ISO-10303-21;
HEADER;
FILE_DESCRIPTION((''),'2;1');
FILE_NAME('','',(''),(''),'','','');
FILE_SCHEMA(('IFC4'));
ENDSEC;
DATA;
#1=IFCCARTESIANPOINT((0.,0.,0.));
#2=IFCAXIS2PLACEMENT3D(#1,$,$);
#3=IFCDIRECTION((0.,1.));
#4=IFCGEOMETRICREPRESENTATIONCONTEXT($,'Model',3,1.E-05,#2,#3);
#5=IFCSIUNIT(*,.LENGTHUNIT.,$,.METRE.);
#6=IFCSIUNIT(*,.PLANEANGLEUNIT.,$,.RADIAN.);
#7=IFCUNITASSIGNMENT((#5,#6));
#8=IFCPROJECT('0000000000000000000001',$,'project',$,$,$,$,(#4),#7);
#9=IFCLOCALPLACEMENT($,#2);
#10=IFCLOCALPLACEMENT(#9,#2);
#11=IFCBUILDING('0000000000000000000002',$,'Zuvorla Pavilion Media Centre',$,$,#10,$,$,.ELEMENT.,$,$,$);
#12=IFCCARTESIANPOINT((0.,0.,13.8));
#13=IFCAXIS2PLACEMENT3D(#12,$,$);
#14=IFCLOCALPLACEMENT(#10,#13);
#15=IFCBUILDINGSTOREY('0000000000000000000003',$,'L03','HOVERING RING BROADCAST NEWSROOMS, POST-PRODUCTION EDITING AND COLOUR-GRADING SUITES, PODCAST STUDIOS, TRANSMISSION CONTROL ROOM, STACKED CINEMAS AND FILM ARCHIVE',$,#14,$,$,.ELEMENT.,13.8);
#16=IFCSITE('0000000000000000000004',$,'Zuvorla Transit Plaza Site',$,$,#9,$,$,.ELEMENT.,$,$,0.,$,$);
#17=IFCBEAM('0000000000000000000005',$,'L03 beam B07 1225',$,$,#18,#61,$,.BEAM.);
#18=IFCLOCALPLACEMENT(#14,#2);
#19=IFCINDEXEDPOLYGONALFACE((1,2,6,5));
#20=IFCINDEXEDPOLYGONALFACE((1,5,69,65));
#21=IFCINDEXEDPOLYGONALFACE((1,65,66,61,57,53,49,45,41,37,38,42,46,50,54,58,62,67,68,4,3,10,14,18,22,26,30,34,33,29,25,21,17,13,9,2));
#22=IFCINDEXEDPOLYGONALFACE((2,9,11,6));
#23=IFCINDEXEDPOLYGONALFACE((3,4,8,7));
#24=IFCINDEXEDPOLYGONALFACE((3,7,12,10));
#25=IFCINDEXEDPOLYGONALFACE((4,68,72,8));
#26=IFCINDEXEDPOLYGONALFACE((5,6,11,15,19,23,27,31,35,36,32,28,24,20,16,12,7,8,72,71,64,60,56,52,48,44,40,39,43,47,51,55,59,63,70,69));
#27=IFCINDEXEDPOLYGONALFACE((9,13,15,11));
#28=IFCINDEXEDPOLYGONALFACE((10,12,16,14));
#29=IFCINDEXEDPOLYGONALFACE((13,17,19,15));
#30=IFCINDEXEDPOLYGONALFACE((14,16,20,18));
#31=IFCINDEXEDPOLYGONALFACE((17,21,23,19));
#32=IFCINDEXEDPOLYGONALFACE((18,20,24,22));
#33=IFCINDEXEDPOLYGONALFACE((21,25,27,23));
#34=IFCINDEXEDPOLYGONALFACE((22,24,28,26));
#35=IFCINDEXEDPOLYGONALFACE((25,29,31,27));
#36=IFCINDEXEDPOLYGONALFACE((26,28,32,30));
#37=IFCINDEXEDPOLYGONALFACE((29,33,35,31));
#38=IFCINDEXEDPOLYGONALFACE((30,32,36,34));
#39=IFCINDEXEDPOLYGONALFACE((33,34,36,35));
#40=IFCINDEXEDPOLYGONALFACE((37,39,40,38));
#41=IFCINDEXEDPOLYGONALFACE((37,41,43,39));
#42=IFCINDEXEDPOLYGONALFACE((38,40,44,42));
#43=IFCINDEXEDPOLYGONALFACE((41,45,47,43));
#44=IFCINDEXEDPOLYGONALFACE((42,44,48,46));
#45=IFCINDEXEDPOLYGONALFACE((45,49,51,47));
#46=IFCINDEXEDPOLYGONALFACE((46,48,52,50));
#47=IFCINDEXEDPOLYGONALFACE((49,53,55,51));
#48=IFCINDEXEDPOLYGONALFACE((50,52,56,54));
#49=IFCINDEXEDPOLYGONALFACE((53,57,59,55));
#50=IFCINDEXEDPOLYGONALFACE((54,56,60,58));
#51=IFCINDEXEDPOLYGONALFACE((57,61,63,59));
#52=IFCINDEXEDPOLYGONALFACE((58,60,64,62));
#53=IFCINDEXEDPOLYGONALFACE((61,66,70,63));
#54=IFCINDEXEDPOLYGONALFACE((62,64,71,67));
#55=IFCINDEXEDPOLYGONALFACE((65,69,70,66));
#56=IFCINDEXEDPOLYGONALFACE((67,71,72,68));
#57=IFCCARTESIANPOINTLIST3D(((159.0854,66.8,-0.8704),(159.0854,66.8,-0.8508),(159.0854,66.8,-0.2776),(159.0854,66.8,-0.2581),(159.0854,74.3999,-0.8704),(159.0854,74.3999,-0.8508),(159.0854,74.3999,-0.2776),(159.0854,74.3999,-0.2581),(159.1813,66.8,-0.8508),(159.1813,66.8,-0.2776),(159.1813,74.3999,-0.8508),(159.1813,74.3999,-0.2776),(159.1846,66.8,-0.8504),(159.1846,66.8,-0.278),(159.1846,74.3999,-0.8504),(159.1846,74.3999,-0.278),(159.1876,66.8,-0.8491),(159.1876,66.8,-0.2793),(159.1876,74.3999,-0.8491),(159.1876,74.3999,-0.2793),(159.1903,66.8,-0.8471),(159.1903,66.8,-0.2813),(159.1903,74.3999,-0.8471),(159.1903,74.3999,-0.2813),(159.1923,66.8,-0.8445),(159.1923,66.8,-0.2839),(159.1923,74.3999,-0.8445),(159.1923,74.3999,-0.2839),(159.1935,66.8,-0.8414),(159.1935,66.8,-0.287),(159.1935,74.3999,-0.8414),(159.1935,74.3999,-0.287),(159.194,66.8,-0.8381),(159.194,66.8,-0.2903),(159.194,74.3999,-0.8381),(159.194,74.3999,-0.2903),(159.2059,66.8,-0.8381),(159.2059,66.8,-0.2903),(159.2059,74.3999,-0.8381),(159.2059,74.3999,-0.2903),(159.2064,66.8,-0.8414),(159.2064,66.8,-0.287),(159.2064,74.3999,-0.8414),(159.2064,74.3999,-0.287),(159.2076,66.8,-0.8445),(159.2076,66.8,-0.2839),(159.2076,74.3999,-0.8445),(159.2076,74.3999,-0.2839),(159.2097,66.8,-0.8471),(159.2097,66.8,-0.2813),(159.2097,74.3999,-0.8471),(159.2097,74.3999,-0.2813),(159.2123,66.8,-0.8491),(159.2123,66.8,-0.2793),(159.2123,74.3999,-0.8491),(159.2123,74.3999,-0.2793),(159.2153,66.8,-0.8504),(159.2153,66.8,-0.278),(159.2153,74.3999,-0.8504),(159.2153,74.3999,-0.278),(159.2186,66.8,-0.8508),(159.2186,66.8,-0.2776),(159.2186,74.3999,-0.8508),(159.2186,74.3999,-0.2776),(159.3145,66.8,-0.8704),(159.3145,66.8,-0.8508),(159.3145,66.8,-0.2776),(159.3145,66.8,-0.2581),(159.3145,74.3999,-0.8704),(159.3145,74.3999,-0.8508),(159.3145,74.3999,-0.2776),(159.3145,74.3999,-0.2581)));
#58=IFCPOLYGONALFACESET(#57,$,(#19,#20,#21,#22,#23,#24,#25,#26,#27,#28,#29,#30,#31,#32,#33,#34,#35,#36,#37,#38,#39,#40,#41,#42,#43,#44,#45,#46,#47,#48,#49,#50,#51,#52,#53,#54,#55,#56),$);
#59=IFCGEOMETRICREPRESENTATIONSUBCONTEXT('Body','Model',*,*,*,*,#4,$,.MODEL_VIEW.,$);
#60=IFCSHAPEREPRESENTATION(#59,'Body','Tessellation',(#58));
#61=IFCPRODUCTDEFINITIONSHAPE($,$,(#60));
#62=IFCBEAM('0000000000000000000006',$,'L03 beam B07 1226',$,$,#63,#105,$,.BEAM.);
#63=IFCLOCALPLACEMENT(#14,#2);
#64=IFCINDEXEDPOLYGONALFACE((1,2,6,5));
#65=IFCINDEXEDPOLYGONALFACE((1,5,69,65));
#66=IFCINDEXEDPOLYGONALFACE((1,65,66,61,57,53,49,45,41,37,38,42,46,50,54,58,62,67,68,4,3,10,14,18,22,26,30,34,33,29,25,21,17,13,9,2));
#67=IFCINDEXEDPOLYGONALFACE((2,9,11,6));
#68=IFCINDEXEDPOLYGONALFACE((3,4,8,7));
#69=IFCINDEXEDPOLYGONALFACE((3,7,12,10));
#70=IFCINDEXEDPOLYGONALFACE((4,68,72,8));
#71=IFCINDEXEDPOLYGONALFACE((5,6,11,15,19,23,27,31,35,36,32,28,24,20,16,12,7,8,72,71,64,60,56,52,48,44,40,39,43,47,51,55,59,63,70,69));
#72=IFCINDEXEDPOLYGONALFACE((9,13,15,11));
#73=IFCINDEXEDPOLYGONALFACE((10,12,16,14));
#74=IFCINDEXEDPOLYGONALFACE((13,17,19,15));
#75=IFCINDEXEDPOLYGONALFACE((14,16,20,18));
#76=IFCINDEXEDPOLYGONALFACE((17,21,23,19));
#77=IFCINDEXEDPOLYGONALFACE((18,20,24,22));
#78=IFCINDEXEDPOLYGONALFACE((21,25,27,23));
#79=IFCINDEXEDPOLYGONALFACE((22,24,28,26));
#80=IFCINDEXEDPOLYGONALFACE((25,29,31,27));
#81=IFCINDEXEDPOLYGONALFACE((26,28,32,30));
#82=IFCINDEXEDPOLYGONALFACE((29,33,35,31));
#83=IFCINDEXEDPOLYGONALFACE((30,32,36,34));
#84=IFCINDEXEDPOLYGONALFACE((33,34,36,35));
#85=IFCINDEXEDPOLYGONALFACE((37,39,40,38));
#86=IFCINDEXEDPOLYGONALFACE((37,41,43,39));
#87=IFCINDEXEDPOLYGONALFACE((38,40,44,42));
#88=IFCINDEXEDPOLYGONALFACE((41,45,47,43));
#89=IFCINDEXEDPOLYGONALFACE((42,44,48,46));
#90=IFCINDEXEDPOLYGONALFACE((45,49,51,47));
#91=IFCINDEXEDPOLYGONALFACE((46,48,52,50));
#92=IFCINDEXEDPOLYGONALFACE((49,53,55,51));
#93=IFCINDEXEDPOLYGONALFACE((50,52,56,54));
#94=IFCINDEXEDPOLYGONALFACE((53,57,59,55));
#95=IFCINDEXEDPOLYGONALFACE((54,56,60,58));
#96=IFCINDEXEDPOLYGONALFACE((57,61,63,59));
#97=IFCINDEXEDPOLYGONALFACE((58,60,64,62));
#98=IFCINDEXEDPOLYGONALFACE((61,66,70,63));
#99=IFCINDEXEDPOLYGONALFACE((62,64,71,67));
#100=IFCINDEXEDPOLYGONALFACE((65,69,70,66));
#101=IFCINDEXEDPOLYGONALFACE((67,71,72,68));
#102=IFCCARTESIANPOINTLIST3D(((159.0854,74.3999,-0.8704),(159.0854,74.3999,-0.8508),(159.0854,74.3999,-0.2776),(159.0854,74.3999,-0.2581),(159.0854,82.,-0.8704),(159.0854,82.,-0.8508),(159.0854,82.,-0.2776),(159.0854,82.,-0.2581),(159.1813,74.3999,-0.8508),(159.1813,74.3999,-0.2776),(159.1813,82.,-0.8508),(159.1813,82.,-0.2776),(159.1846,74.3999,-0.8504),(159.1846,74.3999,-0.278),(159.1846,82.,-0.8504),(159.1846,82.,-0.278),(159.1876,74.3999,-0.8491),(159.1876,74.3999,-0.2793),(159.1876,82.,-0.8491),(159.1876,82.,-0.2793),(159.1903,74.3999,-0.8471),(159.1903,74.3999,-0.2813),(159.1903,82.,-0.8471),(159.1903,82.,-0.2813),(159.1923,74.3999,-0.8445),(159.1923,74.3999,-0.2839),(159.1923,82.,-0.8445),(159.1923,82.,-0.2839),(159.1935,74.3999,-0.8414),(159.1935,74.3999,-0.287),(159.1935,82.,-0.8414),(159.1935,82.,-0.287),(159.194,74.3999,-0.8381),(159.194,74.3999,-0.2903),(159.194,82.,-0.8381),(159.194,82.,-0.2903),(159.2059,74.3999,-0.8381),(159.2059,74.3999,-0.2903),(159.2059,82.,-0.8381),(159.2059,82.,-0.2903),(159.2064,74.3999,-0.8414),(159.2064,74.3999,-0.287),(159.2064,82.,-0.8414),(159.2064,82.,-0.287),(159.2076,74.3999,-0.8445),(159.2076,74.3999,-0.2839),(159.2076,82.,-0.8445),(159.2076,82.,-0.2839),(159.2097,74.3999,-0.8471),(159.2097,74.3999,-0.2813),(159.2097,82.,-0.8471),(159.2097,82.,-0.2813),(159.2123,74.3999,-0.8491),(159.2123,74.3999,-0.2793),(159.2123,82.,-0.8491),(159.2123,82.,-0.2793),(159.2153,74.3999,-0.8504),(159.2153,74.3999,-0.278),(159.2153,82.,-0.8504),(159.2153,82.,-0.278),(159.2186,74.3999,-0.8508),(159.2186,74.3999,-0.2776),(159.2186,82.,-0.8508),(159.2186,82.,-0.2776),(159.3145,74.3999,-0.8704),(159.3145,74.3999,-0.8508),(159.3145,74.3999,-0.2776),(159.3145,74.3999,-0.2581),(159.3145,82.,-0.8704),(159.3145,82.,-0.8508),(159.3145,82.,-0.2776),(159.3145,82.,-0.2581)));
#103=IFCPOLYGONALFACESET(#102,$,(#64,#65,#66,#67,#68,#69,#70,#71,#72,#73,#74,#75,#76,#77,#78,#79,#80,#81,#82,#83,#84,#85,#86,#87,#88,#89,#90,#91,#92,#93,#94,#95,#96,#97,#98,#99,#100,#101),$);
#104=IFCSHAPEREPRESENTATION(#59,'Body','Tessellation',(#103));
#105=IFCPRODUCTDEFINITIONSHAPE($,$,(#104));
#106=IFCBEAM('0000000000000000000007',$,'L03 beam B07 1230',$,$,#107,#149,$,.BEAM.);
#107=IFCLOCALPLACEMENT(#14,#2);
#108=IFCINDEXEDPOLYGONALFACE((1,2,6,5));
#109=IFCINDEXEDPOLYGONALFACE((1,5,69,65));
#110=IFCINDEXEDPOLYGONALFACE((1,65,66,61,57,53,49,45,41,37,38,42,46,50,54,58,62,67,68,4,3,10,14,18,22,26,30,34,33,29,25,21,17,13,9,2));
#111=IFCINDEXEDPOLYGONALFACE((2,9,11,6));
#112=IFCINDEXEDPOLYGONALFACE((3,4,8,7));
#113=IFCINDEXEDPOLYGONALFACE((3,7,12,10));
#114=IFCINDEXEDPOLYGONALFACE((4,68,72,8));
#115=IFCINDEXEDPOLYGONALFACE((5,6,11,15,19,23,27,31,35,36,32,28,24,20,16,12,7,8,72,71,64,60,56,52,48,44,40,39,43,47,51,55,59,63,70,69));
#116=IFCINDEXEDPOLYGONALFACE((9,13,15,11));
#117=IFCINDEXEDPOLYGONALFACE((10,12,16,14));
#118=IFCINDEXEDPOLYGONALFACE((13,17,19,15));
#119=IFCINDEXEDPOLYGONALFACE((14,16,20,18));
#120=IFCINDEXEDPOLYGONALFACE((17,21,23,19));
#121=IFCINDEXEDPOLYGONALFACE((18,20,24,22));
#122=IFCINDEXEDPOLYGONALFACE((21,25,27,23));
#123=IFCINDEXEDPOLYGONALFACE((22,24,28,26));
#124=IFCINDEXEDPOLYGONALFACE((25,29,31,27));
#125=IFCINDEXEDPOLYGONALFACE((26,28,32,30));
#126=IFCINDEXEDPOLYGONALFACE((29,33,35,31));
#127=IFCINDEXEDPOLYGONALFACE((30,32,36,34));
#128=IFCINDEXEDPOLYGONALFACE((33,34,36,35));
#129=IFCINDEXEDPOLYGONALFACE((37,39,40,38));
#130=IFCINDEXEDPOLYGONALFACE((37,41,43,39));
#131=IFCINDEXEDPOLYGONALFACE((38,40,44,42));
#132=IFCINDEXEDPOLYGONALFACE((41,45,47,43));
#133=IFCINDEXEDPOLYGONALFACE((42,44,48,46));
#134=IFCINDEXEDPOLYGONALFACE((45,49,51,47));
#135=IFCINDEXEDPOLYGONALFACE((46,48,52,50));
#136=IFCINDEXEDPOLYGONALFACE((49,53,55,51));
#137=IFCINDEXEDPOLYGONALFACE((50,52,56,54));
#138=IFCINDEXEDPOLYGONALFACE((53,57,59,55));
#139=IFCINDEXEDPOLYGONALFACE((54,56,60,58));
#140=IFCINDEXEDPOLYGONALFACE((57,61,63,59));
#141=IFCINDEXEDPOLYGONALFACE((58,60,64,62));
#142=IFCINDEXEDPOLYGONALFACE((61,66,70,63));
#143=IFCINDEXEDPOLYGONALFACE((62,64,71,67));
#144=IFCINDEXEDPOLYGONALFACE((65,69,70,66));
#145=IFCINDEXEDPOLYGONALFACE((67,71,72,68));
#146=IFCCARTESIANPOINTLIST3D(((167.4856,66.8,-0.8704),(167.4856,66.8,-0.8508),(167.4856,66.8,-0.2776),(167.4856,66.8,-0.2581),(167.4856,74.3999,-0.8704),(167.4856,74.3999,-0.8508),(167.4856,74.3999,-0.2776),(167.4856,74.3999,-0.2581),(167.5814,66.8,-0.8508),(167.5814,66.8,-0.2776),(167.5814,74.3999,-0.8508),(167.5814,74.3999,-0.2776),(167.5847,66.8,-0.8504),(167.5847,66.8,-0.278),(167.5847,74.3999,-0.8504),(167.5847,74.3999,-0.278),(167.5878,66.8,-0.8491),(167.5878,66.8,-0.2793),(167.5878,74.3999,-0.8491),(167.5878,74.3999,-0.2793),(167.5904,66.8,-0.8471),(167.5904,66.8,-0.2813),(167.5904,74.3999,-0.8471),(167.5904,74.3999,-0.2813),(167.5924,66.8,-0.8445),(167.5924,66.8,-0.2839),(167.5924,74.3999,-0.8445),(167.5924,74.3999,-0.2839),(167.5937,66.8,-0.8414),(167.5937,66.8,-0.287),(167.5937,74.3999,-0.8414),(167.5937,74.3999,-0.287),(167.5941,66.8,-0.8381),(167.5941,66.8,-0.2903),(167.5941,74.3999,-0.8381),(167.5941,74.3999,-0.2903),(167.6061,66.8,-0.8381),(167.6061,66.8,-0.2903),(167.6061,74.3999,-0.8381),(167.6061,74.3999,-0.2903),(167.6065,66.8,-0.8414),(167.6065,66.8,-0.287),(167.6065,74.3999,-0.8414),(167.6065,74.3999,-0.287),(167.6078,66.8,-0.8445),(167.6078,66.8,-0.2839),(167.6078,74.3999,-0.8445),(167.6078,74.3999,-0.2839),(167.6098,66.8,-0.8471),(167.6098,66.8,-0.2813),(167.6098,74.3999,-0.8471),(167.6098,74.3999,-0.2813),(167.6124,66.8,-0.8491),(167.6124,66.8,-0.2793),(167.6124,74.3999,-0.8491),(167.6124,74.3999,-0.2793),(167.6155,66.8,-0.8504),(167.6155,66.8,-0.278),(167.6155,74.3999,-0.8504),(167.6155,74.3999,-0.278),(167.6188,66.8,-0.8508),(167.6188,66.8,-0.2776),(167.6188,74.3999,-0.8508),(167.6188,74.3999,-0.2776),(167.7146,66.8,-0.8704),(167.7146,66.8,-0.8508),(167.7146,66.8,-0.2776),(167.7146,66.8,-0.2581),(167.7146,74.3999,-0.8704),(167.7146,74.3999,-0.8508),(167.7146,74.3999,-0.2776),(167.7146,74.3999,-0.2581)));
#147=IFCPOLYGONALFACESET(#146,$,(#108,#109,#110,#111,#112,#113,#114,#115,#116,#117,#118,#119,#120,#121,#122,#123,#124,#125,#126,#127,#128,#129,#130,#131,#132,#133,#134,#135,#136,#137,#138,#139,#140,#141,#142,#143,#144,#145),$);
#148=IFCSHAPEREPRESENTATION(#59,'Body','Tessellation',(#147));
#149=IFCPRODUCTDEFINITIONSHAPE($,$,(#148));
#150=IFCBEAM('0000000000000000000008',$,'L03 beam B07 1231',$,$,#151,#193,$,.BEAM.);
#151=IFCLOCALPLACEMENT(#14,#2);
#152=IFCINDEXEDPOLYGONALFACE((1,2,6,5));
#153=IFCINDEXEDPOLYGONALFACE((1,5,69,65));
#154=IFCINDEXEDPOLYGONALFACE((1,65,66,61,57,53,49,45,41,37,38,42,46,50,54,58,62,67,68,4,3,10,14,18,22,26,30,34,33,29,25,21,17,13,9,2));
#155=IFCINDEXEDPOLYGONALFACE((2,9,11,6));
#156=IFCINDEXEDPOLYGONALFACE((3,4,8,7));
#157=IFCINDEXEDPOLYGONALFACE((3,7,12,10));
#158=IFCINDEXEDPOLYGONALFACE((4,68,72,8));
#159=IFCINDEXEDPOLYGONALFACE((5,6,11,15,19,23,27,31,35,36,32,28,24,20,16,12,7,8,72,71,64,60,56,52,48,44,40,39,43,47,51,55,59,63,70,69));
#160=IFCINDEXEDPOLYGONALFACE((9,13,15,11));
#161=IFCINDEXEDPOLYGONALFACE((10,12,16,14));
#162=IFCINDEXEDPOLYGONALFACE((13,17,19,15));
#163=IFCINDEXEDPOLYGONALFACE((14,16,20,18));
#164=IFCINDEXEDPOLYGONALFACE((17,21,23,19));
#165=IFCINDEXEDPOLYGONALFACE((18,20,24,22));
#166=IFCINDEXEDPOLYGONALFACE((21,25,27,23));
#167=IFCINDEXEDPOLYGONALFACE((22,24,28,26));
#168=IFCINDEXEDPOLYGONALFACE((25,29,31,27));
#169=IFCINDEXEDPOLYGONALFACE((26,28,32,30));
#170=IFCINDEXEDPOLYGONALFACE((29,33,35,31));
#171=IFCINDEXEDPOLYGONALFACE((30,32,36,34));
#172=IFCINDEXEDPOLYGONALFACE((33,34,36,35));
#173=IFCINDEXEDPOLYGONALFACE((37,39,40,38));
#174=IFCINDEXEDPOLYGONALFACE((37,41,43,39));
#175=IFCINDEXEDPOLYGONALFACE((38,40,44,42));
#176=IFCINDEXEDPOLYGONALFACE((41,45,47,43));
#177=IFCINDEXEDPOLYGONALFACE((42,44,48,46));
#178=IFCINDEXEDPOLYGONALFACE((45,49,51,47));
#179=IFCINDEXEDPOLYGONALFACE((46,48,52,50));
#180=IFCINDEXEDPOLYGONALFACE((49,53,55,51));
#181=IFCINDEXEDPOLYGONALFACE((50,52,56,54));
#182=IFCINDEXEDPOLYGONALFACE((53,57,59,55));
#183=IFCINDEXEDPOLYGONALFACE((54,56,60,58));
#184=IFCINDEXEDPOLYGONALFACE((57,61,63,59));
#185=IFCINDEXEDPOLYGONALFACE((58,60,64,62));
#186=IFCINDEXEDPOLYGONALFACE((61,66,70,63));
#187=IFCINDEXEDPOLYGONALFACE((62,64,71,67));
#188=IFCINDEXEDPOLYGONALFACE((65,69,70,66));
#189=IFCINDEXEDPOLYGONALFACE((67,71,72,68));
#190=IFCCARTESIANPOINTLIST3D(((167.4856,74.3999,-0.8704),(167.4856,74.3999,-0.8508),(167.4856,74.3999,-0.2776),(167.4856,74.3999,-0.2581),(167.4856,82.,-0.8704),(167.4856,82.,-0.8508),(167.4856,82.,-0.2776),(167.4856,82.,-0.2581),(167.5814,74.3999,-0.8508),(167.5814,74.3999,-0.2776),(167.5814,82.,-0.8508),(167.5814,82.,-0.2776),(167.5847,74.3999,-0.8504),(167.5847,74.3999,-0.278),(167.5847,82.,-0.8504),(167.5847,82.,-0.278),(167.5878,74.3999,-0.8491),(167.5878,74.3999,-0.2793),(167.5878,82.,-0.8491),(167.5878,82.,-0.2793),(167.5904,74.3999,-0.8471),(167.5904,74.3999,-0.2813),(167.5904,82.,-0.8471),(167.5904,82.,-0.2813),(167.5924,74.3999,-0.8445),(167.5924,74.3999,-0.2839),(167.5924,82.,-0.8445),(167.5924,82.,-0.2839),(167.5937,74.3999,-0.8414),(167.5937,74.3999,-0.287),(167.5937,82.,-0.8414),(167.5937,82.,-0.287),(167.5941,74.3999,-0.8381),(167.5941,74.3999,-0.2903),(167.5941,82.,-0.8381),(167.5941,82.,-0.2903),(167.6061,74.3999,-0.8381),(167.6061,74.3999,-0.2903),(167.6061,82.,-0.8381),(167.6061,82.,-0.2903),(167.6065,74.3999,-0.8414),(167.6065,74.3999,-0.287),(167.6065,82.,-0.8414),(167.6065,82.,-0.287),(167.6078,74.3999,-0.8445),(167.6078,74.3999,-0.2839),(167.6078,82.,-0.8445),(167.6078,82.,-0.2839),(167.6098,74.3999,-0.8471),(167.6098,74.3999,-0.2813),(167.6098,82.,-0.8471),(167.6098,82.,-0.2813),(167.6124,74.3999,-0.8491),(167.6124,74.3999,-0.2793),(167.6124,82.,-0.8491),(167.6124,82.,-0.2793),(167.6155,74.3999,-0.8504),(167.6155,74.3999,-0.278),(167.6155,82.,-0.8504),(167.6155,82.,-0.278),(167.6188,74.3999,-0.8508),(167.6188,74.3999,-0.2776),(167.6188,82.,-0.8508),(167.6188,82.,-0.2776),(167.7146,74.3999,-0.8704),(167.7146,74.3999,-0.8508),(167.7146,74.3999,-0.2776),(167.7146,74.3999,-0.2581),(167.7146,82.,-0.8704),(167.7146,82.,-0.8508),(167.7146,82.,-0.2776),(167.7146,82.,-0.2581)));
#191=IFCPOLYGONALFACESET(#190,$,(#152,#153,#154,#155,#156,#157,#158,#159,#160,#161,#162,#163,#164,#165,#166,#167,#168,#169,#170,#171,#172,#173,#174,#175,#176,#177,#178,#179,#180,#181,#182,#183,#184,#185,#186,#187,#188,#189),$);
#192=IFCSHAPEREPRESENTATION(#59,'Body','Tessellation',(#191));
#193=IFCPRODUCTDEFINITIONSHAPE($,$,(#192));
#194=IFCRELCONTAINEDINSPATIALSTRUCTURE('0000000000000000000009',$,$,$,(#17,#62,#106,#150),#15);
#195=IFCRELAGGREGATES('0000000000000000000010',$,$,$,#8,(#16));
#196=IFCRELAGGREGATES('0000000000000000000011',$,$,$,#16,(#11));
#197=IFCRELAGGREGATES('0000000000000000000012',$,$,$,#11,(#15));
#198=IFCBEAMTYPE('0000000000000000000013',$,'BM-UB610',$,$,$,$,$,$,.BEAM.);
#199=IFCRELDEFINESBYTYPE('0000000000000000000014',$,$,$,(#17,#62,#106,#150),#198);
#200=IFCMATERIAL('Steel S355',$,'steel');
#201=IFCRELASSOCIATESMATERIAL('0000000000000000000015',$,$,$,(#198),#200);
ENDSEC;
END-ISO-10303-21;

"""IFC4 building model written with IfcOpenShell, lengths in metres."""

from ifc_helpers import new_model, si_unit, direction, frame, origin, origin_2d, place, context, subcontext, project, spatial, i_section, extrude, material, material_profile, profile_set, type_object, element, save


model = new_model("IFC4")

# Units and contexts
model_context = context("Model", 3, precision=1e-05, world=origin(), true_north=direction((0.0, 1.0)))
body_context = subcontext(model_context, "Body", "Model", "MODEL_VIEW")
ifc_project = project(units=[si_unit("LENGTHUNIT", "METRE"), si_unit("PLANEANGLEUNIT", "RADIAN")], contexts=[model_context])

# Site, building, storey
site_placement = place(None, origin())
site = spatial("IfcSite", under=ifc_project, at=site_placement, Name="Zuvorla Transit Plaza Site", CompositionType="ELEMENT", RefElevation=0.0)
building_placement = place(site_placement, origin())
building = spatial("IfcBuilding", under=site, at=building_placement, Name="Zuvorla Pavilion Media Centre", CompositionType="ELEMENT")
storey_placement = place(building_placement, frame((0.0, 0.0, 13.8)))
storey = spatial("IfcBuildingStorey", under=building, at=storey_placement, Name="L03", Description="HOVERING RING BROADCAST NEWSROOMS, POST-PRODUCTION EDITING AND COLOUR-GRADING SUITES, PODCAST STUDIOS, TRANSMISSION CONTROL ROOM, STACKED CINEMAS AND FILM ARCHIVE", CompositionType="ELEMENT", Elevation=13.8)

# Shared definitions
ifc_material_1 = material(Name="Steel S355", Category="steel")

# Beams
ifc_material_profile_1 = material_profile(ifc_material_1, i_section(OverallWidth=0.229, OverallDepth=0.6123, WebThickness=0.012, FlangeThickness=0.0195, FilletRadius=0.0127, at=origin_2d()), Name="UB 610x229x125")
ifc_profile_set_1 = profile_set([ifc_material_profile_1], Name="Steel S355")
beam_type_1 = type_object("IfcBeamType", Name="BM-UB610", PredefinedType="BEAM", material=ifc_profile_set_1)
beam_1_placement = place(storey_placement, frame((159.2, 66.8, -0.5642), z_axis=(0.0, 1.0, 0.0), x_axis=(-1.0, 0.0, 0.0)))
element("IfcBeam", 1, at=beam_1_placement, inside=storey, type_object=beam_type_1, Name="L03 beam B07 1225", PredefinedType="BEAM", context=body_context, shape_type="SweptSolid", body=[
    extrude(i_section(OverallWidth=0.229, OverallDepth=0.6123, WebThickness=0.012, FlangeThickness=0.0195, FilletRadius=0.0127, at=origin_2d()), origin(), (0.0, 0.0, 1.0), 7.5999),
])
beam_2_placement = place(storey_placement, frame((159.2, 74.3999, -0.5642), z_axis=(0.0, 1.0, 0.0), x_axis=(-1.0, 0.0, 0.0)))
element("IfcBeam", 2, at=beam_2_placement, inside=storey, type_object=beam_type_1, Name="L03 beam B07 1226", PredefinedType="BEAM", context=body_context, shape_type="SweptSolid", body=[
    extrude(i_section(OverallWidth=0.229, OverallDepth=0.6123, WebThickness=0.012, FlangeThickness=0.0195, FilletRadius=0.0127, at=origin_2d()), origin(), (0.0, 0.0, 1.0), 7.6001),
])
beam_3_placement = place(storey_placement, frame((167.6001, 66.8, -0.5642), z_axis=(0.0, 1.0, 0.0), x_axis=(-1.0, 0.0, 0.0)))
element("IfcBeam", 3, at=beam_3_placement, inside=storey, type_object=beam_type_1, Name="L03 beam B07 1230", PredefinedType="BEAM", context=body_context, shape_type="SweptSolid", body=[
    extrude(i_section(OverallWidth=0.229, OverallDepth=0.6123, WebThickness=0.012, FlangeThickness=0.0195, FilletRadius=0.0127, at=origin_2d()), origin(), (0.0, 0.0, 1.0), 7.5999),
])
beam_4_placement = place(storey_placement, frame((167.6001, 74.3999, -0.5642), z_axis=(0.0, 1.0, 0.0), x_axis=(-1.0, 0.0, 0.0)))
element("IfcBeam", 4, at=beam_4_placement, inside=storey, type_object=beam_type_1, Name="L03 beam B07 1231", PredefinedType="BEAM", context=body_context, shape_type="SweptSolid", body=[
    extrude(i_section(OverallWidth=0.229, OverallDepth=0.6123, WebThickness=0.012, FlangeThickness=0.0195, FilletRadius=0.0127, at=origin_2d()), origin(), (0.0, 0.0, 1.0), 7.6001),
])

save(model, "model.ifc")
